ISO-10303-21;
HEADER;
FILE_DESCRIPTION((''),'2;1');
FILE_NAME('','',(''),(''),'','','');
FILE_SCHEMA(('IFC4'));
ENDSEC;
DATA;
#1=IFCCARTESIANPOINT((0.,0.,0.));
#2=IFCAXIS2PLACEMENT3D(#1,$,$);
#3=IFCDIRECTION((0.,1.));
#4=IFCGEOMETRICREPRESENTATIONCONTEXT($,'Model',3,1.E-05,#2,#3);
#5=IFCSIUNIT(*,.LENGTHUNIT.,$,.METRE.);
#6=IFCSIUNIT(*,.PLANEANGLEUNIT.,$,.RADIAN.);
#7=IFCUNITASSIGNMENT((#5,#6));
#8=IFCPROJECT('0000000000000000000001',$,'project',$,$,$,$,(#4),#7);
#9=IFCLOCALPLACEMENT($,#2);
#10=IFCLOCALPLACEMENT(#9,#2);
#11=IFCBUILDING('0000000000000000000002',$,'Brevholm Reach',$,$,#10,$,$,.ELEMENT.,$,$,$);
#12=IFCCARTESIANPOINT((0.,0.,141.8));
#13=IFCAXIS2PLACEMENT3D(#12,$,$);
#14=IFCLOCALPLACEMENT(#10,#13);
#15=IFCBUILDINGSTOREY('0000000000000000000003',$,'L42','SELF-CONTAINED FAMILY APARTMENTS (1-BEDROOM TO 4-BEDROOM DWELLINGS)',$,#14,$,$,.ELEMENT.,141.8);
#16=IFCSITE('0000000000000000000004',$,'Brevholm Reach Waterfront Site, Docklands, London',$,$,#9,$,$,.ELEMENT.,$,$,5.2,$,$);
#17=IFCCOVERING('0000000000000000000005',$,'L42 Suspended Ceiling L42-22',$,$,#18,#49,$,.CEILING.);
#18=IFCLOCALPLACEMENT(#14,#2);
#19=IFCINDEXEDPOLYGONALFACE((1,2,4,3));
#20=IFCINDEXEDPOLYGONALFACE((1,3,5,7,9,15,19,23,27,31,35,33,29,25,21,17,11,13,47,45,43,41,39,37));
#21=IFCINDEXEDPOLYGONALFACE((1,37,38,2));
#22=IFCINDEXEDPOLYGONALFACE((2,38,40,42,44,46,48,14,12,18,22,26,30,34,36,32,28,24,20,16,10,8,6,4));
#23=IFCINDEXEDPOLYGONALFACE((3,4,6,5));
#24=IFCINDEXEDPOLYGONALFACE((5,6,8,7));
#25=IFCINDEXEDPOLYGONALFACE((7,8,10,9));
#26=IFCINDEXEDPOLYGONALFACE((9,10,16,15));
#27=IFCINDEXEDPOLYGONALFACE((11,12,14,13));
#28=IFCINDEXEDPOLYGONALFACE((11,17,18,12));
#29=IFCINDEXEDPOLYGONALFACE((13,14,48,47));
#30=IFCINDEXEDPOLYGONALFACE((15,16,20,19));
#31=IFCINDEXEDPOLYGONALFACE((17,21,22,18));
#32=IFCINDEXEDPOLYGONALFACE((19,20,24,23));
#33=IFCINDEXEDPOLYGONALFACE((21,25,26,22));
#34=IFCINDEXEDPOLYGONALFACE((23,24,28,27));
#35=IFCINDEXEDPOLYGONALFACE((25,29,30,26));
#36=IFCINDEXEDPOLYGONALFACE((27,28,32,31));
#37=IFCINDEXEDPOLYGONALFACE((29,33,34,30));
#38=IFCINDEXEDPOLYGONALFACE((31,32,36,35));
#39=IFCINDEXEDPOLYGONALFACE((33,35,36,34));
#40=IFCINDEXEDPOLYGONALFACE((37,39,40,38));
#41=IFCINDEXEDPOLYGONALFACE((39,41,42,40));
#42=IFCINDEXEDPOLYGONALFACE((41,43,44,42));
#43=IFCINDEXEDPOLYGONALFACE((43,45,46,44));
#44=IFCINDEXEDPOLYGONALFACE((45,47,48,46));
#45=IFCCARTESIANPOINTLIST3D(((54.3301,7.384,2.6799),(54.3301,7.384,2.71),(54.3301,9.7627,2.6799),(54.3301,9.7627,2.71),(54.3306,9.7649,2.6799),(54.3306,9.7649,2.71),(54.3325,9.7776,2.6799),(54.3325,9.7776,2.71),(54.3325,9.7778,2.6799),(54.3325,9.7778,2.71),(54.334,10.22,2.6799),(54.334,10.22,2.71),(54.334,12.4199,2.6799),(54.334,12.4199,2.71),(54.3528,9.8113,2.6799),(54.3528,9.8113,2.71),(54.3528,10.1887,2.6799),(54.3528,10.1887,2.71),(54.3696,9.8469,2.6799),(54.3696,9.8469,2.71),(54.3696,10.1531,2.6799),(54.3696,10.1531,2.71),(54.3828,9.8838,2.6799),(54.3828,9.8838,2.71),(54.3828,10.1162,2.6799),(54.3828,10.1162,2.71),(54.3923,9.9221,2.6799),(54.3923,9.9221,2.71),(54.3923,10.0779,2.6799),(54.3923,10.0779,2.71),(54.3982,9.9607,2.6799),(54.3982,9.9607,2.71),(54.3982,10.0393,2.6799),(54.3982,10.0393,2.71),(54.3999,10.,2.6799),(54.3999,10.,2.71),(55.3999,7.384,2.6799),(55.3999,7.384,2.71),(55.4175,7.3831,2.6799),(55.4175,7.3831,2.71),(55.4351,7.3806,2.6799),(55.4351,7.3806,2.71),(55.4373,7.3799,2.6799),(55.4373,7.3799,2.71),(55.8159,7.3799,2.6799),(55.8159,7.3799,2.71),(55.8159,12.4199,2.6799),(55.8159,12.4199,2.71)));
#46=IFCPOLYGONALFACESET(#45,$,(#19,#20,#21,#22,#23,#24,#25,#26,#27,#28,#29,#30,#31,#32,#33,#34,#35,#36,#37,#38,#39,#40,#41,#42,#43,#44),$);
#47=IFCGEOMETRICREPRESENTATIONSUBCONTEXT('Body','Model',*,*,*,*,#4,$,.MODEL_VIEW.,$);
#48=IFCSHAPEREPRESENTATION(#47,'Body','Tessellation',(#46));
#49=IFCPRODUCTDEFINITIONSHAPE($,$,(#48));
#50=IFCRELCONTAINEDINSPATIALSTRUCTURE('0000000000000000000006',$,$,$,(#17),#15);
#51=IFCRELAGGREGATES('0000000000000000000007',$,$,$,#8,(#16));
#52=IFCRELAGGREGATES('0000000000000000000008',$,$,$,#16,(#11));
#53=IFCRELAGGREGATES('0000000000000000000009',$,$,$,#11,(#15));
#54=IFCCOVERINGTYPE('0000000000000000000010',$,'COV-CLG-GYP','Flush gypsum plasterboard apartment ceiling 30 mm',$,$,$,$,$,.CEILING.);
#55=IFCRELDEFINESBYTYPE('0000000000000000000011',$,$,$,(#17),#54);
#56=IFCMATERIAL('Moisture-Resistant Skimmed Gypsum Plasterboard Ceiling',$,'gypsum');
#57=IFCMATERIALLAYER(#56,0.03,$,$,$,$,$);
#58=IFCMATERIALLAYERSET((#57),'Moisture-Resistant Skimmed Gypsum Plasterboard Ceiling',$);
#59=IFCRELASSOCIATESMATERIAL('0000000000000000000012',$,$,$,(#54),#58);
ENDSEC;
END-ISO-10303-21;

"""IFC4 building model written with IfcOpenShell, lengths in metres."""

from ifc_helpers import new_model, si_unit, direction, frame, origin, place, context, subcontext, project, spatial, polyline, outline, extrude, material, layer, layer_set, type_object, element, save


model = new_model("IFC4")

# Units and contexts
model_context = context("Model", 3, precision=1e-05, world=origin(), true_north=direction((0.0, 1.0)))
body_context = subcontext(model_context, "Body", "Model", "MODEL_VIEW")
ifc_project = project(units=[si_unit("LENGTHUNIT", "METRE"), si_unit("PLANEANGLEUNIT", "RADIAN")], contexts=[model_context])

# Site, building, storey
site_placement = place(None, origin())
site = spatial("IfcSite", under=ifc_project, at=site_placement, Name="Brevholm Reach Waterfront Site, Docklands, London", CompositionType="ELEMENT", RefElevation=5.2)
building_placement = place(site_placement, origin())
building = spatial("IfcBuilding", under=site, at=building_placement, Name="Brevholm Reach", CompositionType="ELEMENT")
storey_placement = place(building_placement, frame((0.0, 0.0, 141.8)))
storey = spatial("IfcBuildingStorey", under=building, at=storey_placement, Name="L42", Description="SELF-CONTAINED FAMILY APARTMENTS (1-BEDROOM TO 4-BEDROOM DWELLINGS)", CompositionType="ELEMENT", Elevation=141.8)

# Covering
ifc_material_1 = material(Name="Moisture-Resistant Skimmed Gypsum Plasterboard Ceiling", Category="gypsum")
ifc_layer_1 = layer(ifc_material_1, 0.03)
ifc_layer_set_1 = layer_set([ifc_layer_1], Name="Moisture-Resistant Skimmed Gypsum Plasterboard Ceiling")
covering_type_1 = type_object("IfcCoveringType", Name="COV-CLG-GYP", Description="Flush gypsum plasterboard apartment ceiling 30 mm", PredefinedType="CEILING", material=ifc_layer_set_1)
covering_1_placement = place(storey_placement, frame((0.0, 0.0, 2.6799)))
element("IfcCovering", 1, at=covering_1_placement, inside=storey, type_object=covering_type_1, Name="L42 Suspended Ceiling L42-22", PredefinedType="CEILING", context=body_context, shape_type="SweptSolid", body=[
    extrude(outline(polyline([(54.3301, 9.7627), (54.3306, 9.7649), (54.3325, 9.7776), (54.3325, 9.7778), (54.3528, 9.8113), (54.3696, 9.8469), (54.3828, 9.8838), (54.3923, 9.9221), (54.3982, 9.9607), (54.3999, 10.0), (54.3982, 10.0393), (54.3923, 10.0779), (54.3828, 10.1162), (54.3696, 10.1531), (54.3528, 10.1887), (54.334, 10.22), (54.334, 12.4199), (55.8159, 12.4199), (55.8159, 7.3799), (55.4373, 7.3799), (55.4351, 7.3806), (55.4175, 7.3831), (55.3999, 7.384), (54.3301, 7.384), (54.3301, 9.7627)])), origin(), (0.0, 0.0, 1.0), 0.03),
])

save(model, "model.ifc")
